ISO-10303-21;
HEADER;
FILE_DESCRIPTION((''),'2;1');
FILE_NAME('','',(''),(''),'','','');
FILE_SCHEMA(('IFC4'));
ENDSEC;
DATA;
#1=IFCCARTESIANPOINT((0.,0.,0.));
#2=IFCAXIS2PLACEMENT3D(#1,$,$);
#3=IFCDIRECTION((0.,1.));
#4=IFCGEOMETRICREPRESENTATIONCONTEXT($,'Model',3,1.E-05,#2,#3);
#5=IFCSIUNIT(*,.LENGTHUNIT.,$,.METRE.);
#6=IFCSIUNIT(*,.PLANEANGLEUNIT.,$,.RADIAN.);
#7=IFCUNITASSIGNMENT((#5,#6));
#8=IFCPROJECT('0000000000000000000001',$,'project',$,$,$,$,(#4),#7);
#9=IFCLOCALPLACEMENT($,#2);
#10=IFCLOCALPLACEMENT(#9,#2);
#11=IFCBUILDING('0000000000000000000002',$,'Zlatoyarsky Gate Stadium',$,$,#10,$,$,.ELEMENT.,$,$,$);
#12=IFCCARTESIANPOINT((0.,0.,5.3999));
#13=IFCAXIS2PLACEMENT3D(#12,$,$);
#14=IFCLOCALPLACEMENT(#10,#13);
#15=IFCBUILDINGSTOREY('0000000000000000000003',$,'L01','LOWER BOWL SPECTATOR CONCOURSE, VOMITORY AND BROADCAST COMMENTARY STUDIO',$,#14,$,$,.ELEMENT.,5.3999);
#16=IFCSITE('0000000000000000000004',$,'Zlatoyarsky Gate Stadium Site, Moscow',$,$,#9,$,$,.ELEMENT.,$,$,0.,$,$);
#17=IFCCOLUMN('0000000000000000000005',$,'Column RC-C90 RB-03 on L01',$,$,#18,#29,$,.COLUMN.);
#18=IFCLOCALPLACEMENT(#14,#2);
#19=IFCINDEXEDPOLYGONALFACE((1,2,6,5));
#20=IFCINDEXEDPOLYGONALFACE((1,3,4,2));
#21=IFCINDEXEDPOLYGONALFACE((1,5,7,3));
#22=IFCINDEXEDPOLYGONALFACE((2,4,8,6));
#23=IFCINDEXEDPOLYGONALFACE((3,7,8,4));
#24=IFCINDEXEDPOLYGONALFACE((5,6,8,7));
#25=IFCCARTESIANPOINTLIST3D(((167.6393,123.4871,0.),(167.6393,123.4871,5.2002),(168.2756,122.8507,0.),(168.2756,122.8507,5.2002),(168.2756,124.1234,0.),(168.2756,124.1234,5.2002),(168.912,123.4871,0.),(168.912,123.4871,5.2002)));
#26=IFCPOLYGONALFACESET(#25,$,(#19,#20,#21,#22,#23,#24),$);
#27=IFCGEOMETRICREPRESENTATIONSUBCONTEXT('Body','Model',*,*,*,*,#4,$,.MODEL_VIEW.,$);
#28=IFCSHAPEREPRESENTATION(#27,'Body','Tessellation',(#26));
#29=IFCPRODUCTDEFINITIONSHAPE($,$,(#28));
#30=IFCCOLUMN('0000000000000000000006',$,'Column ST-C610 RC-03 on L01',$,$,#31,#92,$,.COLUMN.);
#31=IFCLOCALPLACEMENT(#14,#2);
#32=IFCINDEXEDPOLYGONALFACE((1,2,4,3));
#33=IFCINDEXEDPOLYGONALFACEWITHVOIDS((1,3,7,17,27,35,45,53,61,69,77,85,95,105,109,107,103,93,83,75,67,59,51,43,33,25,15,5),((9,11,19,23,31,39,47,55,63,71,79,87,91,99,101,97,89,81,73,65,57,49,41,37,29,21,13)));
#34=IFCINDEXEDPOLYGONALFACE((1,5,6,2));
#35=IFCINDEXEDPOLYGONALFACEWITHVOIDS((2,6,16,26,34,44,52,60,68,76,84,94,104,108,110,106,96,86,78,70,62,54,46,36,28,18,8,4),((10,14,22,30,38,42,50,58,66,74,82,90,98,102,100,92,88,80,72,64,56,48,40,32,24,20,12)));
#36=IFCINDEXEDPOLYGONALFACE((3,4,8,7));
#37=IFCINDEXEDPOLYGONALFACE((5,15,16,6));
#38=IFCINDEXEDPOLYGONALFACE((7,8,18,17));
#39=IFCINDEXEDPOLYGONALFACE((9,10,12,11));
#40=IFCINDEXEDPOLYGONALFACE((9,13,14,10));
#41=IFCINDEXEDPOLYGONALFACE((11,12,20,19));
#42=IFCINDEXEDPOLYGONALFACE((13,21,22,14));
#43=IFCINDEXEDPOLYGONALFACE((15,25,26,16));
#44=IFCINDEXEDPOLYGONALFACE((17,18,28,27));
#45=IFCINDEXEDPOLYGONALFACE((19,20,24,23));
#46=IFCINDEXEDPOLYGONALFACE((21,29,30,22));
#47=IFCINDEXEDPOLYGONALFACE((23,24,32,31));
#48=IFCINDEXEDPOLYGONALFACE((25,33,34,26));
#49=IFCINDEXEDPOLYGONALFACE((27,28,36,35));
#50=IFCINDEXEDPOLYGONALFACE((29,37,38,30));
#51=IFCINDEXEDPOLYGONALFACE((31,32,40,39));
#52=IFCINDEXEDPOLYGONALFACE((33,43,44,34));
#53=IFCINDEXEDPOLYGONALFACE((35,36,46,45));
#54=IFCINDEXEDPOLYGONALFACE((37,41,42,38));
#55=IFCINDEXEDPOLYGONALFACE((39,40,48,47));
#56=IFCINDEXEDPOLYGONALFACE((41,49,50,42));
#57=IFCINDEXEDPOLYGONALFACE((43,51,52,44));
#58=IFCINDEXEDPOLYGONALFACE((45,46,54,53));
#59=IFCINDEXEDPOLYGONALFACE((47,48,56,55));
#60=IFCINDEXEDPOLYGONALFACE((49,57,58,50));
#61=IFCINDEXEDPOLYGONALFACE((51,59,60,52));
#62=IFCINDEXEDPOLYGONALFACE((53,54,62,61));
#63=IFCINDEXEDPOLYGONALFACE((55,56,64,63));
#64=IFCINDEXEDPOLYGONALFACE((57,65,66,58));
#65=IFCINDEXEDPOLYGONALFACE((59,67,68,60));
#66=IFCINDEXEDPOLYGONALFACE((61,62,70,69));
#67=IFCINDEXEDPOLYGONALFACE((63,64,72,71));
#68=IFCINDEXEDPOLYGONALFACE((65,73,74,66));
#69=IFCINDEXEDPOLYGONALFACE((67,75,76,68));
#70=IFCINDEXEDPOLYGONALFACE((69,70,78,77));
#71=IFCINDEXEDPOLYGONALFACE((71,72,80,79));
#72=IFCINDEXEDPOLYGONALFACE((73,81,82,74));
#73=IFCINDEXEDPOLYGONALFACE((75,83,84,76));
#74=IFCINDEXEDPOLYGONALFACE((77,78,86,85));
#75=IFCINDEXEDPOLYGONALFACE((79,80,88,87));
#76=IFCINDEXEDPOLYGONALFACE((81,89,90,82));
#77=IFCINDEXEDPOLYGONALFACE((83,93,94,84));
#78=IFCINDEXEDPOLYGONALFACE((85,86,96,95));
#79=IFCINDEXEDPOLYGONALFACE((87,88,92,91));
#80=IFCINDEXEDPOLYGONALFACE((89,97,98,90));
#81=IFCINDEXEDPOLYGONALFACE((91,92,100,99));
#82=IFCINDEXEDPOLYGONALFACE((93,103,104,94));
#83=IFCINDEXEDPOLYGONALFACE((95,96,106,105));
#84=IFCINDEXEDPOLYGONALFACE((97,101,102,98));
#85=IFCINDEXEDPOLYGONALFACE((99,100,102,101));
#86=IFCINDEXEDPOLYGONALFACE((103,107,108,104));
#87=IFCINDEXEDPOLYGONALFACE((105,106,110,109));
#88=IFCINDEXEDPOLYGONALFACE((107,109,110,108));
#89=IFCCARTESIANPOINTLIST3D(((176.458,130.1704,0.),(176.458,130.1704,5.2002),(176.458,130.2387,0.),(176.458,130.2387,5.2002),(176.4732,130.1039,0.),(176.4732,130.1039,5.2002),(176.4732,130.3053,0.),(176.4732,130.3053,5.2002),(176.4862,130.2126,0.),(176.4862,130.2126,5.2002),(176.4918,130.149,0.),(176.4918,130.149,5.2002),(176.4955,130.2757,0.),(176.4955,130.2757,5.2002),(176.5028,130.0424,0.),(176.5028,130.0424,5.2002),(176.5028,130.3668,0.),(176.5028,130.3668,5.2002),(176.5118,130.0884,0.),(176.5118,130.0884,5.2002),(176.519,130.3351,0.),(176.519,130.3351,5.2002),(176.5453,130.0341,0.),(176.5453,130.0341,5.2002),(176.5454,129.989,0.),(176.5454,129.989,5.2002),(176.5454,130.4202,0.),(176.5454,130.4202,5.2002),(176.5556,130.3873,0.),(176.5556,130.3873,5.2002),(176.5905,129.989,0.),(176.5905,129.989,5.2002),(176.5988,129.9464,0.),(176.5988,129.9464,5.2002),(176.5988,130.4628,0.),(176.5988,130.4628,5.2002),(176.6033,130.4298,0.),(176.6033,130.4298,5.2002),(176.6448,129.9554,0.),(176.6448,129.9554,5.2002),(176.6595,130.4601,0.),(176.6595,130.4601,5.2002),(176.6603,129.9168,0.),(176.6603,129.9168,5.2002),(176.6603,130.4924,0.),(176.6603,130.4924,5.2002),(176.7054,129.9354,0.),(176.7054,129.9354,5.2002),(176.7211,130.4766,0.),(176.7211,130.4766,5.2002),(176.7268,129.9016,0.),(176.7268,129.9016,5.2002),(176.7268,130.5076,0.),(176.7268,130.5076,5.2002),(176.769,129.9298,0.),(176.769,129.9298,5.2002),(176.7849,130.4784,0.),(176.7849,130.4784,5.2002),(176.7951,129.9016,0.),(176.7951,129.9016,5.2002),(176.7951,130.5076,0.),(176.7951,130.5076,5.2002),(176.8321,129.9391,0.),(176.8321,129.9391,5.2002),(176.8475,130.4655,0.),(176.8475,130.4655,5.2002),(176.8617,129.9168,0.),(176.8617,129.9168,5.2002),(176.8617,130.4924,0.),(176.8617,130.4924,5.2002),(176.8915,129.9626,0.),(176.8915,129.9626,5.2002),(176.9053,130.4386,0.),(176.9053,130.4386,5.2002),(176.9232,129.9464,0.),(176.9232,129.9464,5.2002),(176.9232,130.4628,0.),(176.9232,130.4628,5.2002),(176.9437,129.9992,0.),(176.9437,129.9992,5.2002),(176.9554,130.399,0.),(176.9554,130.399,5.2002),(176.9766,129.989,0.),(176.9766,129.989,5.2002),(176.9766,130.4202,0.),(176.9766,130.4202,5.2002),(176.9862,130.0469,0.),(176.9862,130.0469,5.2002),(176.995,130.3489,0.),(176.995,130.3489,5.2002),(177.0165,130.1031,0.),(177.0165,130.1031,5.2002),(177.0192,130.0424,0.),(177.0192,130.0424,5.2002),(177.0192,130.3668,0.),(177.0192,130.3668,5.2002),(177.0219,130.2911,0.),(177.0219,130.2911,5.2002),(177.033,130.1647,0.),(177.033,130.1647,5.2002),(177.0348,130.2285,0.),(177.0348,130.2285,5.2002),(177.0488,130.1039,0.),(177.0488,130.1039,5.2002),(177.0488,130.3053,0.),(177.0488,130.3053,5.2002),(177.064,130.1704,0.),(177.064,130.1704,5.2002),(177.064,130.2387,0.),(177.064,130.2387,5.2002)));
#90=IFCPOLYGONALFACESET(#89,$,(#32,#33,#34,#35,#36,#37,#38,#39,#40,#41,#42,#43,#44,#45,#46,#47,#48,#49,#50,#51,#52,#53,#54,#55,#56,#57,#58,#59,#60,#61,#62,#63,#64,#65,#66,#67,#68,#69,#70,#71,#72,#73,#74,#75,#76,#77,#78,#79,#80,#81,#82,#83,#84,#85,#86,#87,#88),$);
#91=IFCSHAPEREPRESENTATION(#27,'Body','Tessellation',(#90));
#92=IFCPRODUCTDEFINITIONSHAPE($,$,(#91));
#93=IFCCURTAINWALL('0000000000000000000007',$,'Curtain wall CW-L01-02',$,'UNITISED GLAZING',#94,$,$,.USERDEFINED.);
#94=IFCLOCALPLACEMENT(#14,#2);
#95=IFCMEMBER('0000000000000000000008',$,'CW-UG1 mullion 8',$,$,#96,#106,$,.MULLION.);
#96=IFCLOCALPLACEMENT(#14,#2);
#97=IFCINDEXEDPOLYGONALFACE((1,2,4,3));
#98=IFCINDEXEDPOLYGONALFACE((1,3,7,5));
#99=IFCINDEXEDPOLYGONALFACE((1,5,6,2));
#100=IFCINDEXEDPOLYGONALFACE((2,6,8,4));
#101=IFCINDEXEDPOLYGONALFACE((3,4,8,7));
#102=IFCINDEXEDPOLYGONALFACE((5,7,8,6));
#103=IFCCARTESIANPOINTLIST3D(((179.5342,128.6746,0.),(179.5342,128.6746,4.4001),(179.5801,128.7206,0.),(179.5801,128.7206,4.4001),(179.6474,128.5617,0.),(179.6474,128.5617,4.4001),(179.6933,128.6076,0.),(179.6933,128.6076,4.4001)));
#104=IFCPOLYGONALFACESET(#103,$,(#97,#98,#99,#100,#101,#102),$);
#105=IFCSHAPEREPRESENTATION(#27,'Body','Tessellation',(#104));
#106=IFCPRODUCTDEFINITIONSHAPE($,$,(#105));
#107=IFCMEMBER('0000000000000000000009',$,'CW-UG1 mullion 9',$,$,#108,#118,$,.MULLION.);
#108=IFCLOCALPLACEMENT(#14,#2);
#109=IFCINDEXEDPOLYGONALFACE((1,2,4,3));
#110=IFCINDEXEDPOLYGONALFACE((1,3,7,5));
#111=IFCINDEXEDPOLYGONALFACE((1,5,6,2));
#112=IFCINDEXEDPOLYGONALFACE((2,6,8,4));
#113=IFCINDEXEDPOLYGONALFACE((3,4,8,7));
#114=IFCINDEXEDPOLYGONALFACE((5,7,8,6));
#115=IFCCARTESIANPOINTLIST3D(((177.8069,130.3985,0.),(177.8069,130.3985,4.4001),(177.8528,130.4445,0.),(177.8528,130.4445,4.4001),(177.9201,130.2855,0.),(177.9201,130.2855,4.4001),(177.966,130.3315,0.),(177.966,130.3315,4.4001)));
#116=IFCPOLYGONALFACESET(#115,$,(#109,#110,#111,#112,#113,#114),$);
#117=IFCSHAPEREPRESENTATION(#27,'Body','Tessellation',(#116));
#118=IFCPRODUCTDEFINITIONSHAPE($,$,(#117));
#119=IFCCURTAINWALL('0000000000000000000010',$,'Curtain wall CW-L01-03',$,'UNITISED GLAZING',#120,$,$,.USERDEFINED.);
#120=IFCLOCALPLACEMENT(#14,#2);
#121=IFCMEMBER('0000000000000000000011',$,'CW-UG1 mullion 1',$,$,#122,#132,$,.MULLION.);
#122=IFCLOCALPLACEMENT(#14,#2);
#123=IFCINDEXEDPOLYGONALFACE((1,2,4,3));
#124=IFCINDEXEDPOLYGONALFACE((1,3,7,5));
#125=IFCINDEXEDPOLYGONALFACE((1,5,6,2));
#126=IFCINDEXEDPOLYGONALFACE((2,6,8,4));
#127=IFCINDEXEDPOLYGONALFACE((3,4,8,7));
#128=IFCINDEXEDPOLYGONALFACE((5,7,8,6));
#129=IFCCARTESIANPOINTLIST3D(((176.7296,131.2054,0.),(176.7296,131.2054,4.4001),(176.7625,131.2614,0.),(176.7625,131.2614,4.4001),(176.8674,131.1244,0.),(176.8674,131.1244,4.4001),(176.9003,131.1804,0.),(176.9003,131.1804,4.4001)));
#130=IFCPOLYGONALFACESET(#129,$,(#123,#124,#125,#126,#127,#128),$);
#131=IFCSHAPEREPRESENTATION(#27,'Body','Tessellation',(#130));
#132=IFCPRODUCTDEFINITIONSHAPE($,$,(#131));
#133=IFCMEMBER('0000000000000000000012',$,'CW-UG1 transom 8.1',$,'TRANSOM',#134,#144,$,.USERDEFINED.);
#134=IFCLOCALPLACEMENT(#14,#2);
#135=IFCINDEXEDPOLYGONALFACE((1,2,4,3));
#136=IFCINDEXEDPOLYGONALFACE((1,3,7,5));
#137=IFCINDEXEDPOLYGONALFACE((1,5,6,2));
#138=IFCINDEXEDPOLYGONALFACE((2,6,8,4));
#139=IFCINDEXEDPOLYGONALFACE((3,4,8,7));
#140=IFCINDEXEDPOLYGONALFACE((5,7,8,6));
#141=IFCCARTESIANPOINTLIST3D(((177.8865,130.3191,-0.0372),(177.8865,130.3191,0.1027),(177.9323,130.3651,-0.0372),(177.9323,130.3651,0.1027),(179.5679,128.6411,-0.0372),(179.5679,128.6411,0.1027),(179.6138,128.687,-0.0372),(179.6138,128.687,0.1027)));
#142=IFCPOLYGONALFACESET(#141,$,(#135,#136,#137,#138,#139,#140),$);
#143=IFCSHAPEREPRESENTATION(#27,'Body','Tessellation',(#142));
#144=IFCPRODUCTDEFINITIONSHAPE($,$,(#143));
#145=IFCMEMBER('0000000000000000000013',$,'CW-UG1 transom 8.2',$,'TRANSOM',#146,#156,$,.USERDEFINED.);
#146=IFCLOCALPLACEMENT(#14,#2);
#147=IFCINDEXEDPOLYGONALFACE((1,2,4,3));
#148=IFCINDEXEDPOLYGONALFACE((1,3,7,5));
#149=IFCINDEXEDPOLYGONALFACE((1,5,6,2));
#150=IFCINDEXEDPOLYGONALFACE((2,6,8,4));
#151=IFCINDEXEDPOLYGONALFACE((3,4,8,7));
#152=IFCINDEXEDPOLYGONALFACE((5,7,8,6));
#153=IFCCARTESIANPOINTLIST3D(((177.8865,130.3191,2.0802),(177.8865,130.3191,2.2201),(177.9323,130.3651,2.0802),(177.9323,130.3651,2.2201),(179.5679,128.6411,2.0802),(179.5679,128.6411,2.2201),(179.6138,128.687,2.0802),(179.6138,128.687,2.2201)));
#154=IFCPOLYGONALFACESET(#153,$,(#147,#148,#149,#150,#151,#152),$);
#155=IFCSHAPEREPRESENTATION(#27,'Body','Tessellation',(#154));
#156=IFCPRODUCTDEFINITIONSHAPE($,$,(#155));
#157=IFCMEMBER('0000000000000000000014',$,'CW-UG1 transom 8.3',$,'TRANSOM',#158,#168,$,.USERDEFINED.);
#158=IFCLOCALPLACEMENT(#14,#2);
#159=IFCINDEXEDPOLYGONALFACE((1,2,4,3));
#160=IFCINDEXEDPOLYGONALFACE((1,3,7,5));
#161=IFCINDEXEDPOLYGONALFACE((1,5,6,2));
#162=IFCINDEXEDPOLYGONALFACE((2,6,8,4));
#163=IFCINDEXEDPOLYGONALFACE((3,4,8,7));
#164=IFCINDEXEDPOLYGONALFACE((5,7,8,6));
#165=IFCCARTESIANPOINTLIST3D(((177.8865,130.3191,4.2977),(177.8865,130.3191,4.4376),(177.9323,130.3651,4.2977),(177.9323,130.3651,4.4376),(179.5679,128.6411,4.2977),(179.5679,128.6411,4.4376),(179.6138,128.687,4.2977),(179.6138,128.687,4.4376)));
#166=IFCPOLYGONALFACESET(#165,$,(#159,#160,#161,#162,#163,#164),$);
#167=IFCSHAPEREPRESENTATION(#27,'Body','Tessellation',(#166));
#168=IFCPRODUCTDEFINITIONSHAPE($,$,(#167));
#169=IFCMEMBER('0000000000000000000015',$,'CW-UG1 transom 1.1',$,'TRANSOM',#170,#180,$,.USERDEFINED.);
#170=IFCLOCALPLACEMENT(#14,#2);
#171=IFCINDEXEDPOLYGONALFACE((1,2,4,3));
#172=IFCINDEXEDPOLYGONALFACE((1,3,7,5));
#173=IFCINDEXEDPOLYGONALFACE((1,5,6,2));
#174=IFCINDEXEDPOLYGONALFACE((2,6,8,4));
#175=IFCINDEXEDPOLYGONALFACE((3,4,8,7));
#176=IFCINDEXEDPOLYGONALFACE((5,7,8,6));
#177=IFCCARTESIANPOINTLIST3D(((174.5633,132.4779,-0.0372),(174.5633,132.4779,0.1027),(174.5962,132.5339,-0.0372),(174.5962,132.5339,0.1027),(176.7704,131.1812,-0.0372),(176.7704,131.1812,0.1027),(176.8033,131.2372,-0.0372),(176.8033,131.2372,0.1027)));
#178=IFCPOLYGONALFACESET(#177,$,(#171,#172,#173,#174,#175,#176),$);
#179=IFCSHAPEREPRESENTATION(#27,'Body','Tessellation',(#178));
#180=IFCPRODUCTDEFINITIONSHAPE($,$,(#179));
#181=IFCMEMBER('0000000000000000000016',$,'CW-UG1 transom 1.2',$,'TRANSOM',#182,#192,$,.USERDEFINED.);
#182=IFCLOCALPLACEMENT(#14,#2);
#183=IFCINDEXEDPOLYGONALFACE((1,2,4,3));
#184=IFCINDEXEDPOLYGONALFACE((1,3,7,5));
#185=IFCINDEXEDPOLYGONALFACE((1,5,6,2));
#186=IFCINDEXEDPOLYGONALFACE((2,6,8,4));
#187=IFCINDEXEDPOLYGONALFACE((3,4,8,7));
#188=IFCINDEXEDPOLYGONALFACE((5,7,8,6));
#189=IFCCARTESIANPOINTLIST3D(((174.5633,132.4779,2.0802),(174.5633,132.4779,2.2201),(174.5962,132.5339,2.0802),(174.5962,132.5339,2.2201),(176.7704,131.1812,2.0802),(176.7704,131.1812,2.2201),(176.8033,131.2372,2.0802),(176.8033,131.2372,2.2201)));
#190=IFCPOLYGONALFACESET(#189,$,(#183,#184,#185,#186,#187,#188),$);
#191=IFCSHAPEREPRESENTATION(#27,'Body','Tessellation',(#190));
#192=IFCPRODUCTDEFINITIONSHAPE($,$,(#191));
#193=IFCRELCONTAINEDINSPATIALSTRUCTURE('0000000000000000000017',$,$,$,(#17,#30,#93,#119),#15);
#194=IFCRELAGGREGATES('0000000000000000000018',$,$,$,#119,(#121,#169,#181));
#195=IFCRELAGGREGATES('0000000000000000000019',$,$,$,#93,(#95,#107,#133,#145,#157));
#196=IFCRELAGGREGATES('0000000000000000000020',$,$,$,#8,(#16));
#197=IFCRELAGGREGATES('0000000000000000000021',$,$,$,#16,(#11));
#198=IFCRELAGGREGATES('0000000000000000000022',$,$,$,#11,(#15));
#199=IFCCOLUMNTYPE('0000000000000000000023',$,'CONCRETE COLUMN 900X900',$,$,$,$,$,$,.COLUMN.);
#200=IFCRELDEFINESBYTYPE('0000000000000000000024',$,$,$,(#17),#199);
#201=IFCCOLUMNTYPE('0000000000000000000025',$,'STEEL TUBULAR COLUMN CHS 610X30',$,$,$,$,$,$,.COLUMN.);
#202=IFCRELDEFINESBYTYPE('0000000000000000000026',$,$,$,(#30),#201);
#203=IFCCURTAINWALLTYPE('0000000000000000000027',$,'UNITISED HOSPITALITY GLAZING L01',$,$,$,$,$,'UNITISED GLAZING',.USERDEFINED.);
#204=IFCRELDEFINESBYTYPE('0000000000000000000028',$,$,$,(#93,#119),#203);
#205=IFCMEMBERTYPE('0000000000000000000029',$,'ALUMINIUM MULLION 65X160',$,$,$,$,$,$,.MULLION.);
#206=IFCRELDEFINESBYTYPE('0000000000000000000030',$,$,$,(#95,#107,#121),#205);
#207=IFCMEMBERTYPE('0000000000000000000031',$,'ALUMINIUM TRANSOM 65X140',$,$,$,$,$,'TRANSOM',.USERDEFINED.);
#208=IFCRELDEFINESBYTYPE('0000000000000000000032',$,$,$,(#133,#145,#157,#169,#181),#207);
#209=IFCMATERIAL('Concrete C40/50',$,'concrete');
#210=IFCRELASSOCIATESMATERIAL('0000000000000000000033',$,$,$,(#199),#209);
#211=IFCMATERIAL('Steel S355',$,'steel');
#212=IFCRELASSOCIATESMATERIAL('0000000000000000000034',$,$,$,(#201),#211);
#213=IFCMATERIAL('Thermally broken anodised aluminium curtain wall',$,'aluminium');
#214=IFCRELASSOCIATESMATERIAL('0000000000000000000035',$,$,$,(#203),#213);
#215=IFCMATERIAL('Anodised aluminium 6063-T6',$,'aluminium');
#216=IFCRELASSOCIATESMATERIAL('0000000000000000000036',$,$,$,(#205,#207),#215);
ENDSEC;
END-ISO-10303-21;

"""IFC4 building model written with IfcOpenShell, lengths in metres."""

from ifc_helpers import new_model, si_unit, direction, frame, origin, origin_2d, place, context, subcontext, project, spatial, rectangle, hollow_circle, extrude, material, material_profile, profile_set, type_object, element, aggregate, save


model = new_model("IFC4")

# Units and contexts
model_context = context("Model", 3, precision=1e-05, world=origin(), true_north=direction((0.0, 1.0)))
body_context = subcontext(model_context, "Body", "Model", "MODEL_VIEW")
ifc_project = project(units=[si_unit("LENGTHUNIT", "METRE"), si_unit("PLANEANGLEUNIT", "RADIAN")], contexts=[model_context])

# Site, building, storey
site_placement = place(None, origin())
site = spatial("IfcSite", under=ifc_project, at=site_placement, Name="Zlatoyarsky Gate Stadium Site, Moscow", CompositionType="ELEMENT", RefElevation=0.0)
building_placement = place(site_placement, origin())
building = spatial("IfcBuilding", under=site, at=building_placement, Name="Zlatoyarsky Gate Stadium", CompositionType="ELEMENT")
storey_placement = place(building_placement, frame((0.0, 0.0, 5.3999)))
storey = spatial("IfcBuildingStorey", under=building, at=storey_placement, Name="L01", Description="LOWER BOWL SPECTATOR CONCOURSE, VOMITORY AND BROADCAST COMMENTARY STUDIO", CompositionType="ELEMENT", Elevation=5.3999)

# Columns
ifc_material_1 = material(Name="Concrete C40/50", Category="concrete")
ifc_material_profile_1 = material_profile(ifc_material_1, rectangle(XDim=0.8999, YDim=0.8999, at=origin_2d()), Name="RC COL 900X900")
ifc_profile_set_1 = profile_set([ifc_material_profile_1], Name="Concrete C40/50")
column_type_1 = type_object("IfcColumnType", Name="CONCRETE COLUMN 900X900", PredefinedType="COLUMN", material=ifc_profile_set_1)
column_1_placement = place(storey_placement, frame((168.2756, 123.4871, 0.0), z_axis=(0.0, 0.0, 1.0), x_axis=(0.707107, 0.707107, 0.0)))
element("IfcColumn", 1, at=column_1_placement, inside=storey, type_object=column_type_1, Name="Column RC-C90 RB-03 on L01", PredefinedType="COLUMN", context=body_context, shape_type="SweptSolid", body=[
    extrude(rectangle(XDim=0.8999, YDim=0.8999, at=origin_2d()), origin(), (0.0, 0.0, 1.0), 5.2002),
])
ifc_material_2 = material(Name="Steel S355", Category="steel")
ifc_material_profile_2 = material_profile(ifc_material_2, hollow_circle(Radius=0.3049, WallThickness=0.03, at=origin_2d()), Name="CHS 610X30")
ifc_profile_set_2 = profile_set([ifc_material_profile_2], Name="Steel S355")
column_type_2 = type_object("IfcColumnType", Name="STEEL TUBULAR COLUMN CHS 610X30", PredefinedType="COLUMN", material=ifc_profile_set_2)
column_2_placement = place(storey_placement, frame((176.761, 130.2046, 0.0), z_axis=(0.0, 0.0, 1.0), x_axis=(0.707107, 0.707107, 0.0)))
element("IfcColumn", 2, at=column_2_placement, inside=storey, type_object=column_type_2, Name="Column ST-C610 RC-03 on L01", PredefinedType="COLUMN", context=body_context, shape_type="SweptSolid", body=[
    extrude(hollow_circle(Radius=0.3049, WallThickness=0.03, at=origin_2d()), origin(), (0.0, 0.0, 1.0), 5.2002),
])

# Curtain wall, members
ifc_material_3 = material(Name="Thermally broken anodised aluminium curtain wall", Category="aluminium")
curtain_wall_type = type_object("IfcCurtainWallType", Name="UNITISED HOSPITALITY GLAZING L01", ElementType="UNITISED GLAZING", PredefinedType="USERDEFINED", material=ifc_material_3)
curtain_wall_1_placement = place(storey_placement, origin())
curtain_wall_1 = element("IfcCurtainWall", 3, at=curtain_wall_1_placement, inside=storey, type_object=curtain_wall_type, Name="Curtain wall CW-L01-02", ObjectType="UNITISED GLAZING", PredefinedType="USERDEFINED")
ifc_material_4 = material(Name="Anodised aluminium 6063-T6", Category="aluminium")
ifc_material_profile_3 = material_profile(ifc_material_4, rectangle(XDim=0.0649, YDim=0.1599, at=origin_2d()), Name="ALU 65X160")
ifc_profile_set_3 = profile_set([ifc_material_profile_3], Name="Anodised aluminium 6063-T6")
member_type_1 = type_object("IfcMemberType", Name="ALUMINIUM MULLION 65X160", PredefinedType="MULLION", material=ifc_profile_set_3)
member_1_placement = place(storey_placement, frame((179.6138, 128.6411, 0.0), z_axis=(0.0, 0.0, 1.0), x_axis=(-0.706371, -0.707842, 0.0)))
member_1 = element("IfcMember", 4, at=member_1_placement, type_object=member_type_1, Name="CW-UG1 mullion 8", PredefinedType="MULLION", context=body_context, shape_type="SweptSolid", body=[
    extrude(rectangle(XDim=0.0649, YDim=0.1599, at=origin_2d()), origin(), (0.0, 0.0, 1.0), 4.4001),
])
member_2_placement = place(storey_placement, frame((177.8865, 130.365, 0.0), z_axis=(0.0, 0.0, 1.0), x_axis=(-0.706371, -0.707842, 0.0)))
member_2 = element("IfcMember", 5, at=member_2_placement, type_object=member_type_1, Name="CW-UG1 mullion 9", PredefinedType="MULLION", context=body_context, shape_type="SweptSolid", body=[
    extrude(rectangle(XDim=0.0649, YDim=0.1599, at=origin_2d()), origin(), (0.0, 0.0, 1.0), 4.4001),
])

# Curtain wall, member
curtain_wall_2_placement = place(storey_placement, origin())
curtain_wall_2 = element("IfcCurtainWall", 6, at=curtain_wall_2_placement, inside=storey, type_object=curtain_wall_type, Name="Curtain wall CW-L01-03", ObjectType="UNITISED GLAZING", PredefinedType="USERDEFINED")
member_3_placement = place(storey_placement, frame((176.8149, 131.1929, 0.0), z_axis=(0.0, 0.0, 1.0), x_axis=(-0.50659, -0.862187, 0.0)))
member_3 = element("IfcMember", 7, at=member_3_placement, type_object=member_type_1, Name="CW-UG1 mullion 1", PredefinedType="MULLION", context=body_context, shape_type="SweptSolid", body=[
    extrude(rectangle(XDim=0.0649, YDim=0.1599, at=origin_2d()), origin(), (0.0, 0.0, 1.0), 4.4001),
])

# Members
ifc_material_profile_4 = material_profile(ifc_material_4, rectangle(XDim=0.0649, YDim=0.1399, at=origin_2d()), Name="ALU 65X140")
ifc_profile_set_4 = profile_set([ifc_material_profile_4], Name="Anodised aluminium 6063-T6")
member_type_2 = type_object("IfcMemberType", Name="ALUMINIUM TRANSOM 65X140", ElementType="TRANSOM", PredefinedType="USERDEFINED", material=ifc_profile_set_4)
member_4_placement = place(storey_placement, frame((179.5908, 128.6641, 0.0327), z_axis=(-0.707826, 0.706387, 0.0), x_axis=(-0.706387, -0.707826, 0.0)))
member_4 = element("IfcMember", 8, at=member_4_placement, type_object=member_type_2, Name="CW-UG1 transom 8.1", ObjectType="TRANSOM", PredefinedType="USERDEFINED", context=body_context, shape_type="SweptSolid", body=[
    extrude(rectangle(XDim=0.0649, YDim=0.1399, at=origin_2d()), origin(), (0.0, 0.0, 1.0), 2.3755),
])
member_5_placement = place(storey_placement, frame((179.5908, 128.6641, 2.1501), z_axis=(-0.707826, 0.706387, 0.0), x_axis=(-0.706387, -0.707826, 0.0)))
member_5 = element("IfcMember", 9, at=member_5_placement, type_object=member_type_2, Name="CW-UG1 transom 8.2", ObjectType="TRANSOM", PredefinedType="USERDEFINED", context=body_context, shape_type="SweptSolid", body=[
    extrude(rectangle(XDim=0.0649, YDim=0.1399, at=origin_2d()), origin(), (0.0, 0.0, 1.0), 2.3755),
])
member_6_placement = place(storey_placement, frame((179.5908, 128.6641, 4.3677), z_axis=(-0.707826, 0.706387, 0.0), x_axis=(-0.706387, -0.707826, 0.0)))
member_6 = element("IfcMember", 10, at=member_6_placement, type_object=member_type_2, Name="CW-UG1 transom 8.3", ObjectType="TRANSOM", PredefinedType="USERDEFINED", context=body_context, shape_type="SweptSolid", body=[
    extrude(rectangle(XDim=0.0649, YDim=0.1399, at=origin_2d()), origin(), (0.0, 0.0, 1.0), 2.3755),
])
member_7_placement = place(storey_placement, frame((176.7869, 131.2092, 0.0327), z_axis=(-0.862211, 0.506549, 0.0), x_axis=(-0.506549, -0.862211, 0.0)))
member_7 = element("IfcMember", 11, at=member_7_placement, type_object=member_type_2, Name="CW-UG1 transom 1.1", ObjectType="TRANSOM", PredefinedType="USERDEFINED", context=body_context, shape_type="SweptSolid", body=[
    extrude(rectangle(XDim=0.0649, YDim=0.1399, at=origin_2d()), origin(), (0.0, 0.0, 1.0), 2.5598),
])
member_8_placement = place(storey_placement, frame((176.7869, 131.2092, 2.1501), z_axis=(-0.862211, 0.506549, 0.0), x_axis=(-0.506549, -0.862211, 0.0)))
member_8 = element("IfcMember", 12, at=member_8_placement, type_object=member_type_2, Name="CW-UG1 transom 1.2", ObjectType="TRANSOM", PredefinedType="USERDEFINED", context=body_context, shape_type="SweptSolid", body=[
    extrude(rectangle(XDim=0.0649, YDim=0.1399, at=origin_2d()), origin(), (0.0, 0.0, 1.0), 2.5598),
])
aggregate(curtain_wall_2, [member_3, member_7, member_8])

aggregate(curtain_wall_1, [member_1, member_2, member_4, member_5, member_6])

save(model, "model.ifc")
